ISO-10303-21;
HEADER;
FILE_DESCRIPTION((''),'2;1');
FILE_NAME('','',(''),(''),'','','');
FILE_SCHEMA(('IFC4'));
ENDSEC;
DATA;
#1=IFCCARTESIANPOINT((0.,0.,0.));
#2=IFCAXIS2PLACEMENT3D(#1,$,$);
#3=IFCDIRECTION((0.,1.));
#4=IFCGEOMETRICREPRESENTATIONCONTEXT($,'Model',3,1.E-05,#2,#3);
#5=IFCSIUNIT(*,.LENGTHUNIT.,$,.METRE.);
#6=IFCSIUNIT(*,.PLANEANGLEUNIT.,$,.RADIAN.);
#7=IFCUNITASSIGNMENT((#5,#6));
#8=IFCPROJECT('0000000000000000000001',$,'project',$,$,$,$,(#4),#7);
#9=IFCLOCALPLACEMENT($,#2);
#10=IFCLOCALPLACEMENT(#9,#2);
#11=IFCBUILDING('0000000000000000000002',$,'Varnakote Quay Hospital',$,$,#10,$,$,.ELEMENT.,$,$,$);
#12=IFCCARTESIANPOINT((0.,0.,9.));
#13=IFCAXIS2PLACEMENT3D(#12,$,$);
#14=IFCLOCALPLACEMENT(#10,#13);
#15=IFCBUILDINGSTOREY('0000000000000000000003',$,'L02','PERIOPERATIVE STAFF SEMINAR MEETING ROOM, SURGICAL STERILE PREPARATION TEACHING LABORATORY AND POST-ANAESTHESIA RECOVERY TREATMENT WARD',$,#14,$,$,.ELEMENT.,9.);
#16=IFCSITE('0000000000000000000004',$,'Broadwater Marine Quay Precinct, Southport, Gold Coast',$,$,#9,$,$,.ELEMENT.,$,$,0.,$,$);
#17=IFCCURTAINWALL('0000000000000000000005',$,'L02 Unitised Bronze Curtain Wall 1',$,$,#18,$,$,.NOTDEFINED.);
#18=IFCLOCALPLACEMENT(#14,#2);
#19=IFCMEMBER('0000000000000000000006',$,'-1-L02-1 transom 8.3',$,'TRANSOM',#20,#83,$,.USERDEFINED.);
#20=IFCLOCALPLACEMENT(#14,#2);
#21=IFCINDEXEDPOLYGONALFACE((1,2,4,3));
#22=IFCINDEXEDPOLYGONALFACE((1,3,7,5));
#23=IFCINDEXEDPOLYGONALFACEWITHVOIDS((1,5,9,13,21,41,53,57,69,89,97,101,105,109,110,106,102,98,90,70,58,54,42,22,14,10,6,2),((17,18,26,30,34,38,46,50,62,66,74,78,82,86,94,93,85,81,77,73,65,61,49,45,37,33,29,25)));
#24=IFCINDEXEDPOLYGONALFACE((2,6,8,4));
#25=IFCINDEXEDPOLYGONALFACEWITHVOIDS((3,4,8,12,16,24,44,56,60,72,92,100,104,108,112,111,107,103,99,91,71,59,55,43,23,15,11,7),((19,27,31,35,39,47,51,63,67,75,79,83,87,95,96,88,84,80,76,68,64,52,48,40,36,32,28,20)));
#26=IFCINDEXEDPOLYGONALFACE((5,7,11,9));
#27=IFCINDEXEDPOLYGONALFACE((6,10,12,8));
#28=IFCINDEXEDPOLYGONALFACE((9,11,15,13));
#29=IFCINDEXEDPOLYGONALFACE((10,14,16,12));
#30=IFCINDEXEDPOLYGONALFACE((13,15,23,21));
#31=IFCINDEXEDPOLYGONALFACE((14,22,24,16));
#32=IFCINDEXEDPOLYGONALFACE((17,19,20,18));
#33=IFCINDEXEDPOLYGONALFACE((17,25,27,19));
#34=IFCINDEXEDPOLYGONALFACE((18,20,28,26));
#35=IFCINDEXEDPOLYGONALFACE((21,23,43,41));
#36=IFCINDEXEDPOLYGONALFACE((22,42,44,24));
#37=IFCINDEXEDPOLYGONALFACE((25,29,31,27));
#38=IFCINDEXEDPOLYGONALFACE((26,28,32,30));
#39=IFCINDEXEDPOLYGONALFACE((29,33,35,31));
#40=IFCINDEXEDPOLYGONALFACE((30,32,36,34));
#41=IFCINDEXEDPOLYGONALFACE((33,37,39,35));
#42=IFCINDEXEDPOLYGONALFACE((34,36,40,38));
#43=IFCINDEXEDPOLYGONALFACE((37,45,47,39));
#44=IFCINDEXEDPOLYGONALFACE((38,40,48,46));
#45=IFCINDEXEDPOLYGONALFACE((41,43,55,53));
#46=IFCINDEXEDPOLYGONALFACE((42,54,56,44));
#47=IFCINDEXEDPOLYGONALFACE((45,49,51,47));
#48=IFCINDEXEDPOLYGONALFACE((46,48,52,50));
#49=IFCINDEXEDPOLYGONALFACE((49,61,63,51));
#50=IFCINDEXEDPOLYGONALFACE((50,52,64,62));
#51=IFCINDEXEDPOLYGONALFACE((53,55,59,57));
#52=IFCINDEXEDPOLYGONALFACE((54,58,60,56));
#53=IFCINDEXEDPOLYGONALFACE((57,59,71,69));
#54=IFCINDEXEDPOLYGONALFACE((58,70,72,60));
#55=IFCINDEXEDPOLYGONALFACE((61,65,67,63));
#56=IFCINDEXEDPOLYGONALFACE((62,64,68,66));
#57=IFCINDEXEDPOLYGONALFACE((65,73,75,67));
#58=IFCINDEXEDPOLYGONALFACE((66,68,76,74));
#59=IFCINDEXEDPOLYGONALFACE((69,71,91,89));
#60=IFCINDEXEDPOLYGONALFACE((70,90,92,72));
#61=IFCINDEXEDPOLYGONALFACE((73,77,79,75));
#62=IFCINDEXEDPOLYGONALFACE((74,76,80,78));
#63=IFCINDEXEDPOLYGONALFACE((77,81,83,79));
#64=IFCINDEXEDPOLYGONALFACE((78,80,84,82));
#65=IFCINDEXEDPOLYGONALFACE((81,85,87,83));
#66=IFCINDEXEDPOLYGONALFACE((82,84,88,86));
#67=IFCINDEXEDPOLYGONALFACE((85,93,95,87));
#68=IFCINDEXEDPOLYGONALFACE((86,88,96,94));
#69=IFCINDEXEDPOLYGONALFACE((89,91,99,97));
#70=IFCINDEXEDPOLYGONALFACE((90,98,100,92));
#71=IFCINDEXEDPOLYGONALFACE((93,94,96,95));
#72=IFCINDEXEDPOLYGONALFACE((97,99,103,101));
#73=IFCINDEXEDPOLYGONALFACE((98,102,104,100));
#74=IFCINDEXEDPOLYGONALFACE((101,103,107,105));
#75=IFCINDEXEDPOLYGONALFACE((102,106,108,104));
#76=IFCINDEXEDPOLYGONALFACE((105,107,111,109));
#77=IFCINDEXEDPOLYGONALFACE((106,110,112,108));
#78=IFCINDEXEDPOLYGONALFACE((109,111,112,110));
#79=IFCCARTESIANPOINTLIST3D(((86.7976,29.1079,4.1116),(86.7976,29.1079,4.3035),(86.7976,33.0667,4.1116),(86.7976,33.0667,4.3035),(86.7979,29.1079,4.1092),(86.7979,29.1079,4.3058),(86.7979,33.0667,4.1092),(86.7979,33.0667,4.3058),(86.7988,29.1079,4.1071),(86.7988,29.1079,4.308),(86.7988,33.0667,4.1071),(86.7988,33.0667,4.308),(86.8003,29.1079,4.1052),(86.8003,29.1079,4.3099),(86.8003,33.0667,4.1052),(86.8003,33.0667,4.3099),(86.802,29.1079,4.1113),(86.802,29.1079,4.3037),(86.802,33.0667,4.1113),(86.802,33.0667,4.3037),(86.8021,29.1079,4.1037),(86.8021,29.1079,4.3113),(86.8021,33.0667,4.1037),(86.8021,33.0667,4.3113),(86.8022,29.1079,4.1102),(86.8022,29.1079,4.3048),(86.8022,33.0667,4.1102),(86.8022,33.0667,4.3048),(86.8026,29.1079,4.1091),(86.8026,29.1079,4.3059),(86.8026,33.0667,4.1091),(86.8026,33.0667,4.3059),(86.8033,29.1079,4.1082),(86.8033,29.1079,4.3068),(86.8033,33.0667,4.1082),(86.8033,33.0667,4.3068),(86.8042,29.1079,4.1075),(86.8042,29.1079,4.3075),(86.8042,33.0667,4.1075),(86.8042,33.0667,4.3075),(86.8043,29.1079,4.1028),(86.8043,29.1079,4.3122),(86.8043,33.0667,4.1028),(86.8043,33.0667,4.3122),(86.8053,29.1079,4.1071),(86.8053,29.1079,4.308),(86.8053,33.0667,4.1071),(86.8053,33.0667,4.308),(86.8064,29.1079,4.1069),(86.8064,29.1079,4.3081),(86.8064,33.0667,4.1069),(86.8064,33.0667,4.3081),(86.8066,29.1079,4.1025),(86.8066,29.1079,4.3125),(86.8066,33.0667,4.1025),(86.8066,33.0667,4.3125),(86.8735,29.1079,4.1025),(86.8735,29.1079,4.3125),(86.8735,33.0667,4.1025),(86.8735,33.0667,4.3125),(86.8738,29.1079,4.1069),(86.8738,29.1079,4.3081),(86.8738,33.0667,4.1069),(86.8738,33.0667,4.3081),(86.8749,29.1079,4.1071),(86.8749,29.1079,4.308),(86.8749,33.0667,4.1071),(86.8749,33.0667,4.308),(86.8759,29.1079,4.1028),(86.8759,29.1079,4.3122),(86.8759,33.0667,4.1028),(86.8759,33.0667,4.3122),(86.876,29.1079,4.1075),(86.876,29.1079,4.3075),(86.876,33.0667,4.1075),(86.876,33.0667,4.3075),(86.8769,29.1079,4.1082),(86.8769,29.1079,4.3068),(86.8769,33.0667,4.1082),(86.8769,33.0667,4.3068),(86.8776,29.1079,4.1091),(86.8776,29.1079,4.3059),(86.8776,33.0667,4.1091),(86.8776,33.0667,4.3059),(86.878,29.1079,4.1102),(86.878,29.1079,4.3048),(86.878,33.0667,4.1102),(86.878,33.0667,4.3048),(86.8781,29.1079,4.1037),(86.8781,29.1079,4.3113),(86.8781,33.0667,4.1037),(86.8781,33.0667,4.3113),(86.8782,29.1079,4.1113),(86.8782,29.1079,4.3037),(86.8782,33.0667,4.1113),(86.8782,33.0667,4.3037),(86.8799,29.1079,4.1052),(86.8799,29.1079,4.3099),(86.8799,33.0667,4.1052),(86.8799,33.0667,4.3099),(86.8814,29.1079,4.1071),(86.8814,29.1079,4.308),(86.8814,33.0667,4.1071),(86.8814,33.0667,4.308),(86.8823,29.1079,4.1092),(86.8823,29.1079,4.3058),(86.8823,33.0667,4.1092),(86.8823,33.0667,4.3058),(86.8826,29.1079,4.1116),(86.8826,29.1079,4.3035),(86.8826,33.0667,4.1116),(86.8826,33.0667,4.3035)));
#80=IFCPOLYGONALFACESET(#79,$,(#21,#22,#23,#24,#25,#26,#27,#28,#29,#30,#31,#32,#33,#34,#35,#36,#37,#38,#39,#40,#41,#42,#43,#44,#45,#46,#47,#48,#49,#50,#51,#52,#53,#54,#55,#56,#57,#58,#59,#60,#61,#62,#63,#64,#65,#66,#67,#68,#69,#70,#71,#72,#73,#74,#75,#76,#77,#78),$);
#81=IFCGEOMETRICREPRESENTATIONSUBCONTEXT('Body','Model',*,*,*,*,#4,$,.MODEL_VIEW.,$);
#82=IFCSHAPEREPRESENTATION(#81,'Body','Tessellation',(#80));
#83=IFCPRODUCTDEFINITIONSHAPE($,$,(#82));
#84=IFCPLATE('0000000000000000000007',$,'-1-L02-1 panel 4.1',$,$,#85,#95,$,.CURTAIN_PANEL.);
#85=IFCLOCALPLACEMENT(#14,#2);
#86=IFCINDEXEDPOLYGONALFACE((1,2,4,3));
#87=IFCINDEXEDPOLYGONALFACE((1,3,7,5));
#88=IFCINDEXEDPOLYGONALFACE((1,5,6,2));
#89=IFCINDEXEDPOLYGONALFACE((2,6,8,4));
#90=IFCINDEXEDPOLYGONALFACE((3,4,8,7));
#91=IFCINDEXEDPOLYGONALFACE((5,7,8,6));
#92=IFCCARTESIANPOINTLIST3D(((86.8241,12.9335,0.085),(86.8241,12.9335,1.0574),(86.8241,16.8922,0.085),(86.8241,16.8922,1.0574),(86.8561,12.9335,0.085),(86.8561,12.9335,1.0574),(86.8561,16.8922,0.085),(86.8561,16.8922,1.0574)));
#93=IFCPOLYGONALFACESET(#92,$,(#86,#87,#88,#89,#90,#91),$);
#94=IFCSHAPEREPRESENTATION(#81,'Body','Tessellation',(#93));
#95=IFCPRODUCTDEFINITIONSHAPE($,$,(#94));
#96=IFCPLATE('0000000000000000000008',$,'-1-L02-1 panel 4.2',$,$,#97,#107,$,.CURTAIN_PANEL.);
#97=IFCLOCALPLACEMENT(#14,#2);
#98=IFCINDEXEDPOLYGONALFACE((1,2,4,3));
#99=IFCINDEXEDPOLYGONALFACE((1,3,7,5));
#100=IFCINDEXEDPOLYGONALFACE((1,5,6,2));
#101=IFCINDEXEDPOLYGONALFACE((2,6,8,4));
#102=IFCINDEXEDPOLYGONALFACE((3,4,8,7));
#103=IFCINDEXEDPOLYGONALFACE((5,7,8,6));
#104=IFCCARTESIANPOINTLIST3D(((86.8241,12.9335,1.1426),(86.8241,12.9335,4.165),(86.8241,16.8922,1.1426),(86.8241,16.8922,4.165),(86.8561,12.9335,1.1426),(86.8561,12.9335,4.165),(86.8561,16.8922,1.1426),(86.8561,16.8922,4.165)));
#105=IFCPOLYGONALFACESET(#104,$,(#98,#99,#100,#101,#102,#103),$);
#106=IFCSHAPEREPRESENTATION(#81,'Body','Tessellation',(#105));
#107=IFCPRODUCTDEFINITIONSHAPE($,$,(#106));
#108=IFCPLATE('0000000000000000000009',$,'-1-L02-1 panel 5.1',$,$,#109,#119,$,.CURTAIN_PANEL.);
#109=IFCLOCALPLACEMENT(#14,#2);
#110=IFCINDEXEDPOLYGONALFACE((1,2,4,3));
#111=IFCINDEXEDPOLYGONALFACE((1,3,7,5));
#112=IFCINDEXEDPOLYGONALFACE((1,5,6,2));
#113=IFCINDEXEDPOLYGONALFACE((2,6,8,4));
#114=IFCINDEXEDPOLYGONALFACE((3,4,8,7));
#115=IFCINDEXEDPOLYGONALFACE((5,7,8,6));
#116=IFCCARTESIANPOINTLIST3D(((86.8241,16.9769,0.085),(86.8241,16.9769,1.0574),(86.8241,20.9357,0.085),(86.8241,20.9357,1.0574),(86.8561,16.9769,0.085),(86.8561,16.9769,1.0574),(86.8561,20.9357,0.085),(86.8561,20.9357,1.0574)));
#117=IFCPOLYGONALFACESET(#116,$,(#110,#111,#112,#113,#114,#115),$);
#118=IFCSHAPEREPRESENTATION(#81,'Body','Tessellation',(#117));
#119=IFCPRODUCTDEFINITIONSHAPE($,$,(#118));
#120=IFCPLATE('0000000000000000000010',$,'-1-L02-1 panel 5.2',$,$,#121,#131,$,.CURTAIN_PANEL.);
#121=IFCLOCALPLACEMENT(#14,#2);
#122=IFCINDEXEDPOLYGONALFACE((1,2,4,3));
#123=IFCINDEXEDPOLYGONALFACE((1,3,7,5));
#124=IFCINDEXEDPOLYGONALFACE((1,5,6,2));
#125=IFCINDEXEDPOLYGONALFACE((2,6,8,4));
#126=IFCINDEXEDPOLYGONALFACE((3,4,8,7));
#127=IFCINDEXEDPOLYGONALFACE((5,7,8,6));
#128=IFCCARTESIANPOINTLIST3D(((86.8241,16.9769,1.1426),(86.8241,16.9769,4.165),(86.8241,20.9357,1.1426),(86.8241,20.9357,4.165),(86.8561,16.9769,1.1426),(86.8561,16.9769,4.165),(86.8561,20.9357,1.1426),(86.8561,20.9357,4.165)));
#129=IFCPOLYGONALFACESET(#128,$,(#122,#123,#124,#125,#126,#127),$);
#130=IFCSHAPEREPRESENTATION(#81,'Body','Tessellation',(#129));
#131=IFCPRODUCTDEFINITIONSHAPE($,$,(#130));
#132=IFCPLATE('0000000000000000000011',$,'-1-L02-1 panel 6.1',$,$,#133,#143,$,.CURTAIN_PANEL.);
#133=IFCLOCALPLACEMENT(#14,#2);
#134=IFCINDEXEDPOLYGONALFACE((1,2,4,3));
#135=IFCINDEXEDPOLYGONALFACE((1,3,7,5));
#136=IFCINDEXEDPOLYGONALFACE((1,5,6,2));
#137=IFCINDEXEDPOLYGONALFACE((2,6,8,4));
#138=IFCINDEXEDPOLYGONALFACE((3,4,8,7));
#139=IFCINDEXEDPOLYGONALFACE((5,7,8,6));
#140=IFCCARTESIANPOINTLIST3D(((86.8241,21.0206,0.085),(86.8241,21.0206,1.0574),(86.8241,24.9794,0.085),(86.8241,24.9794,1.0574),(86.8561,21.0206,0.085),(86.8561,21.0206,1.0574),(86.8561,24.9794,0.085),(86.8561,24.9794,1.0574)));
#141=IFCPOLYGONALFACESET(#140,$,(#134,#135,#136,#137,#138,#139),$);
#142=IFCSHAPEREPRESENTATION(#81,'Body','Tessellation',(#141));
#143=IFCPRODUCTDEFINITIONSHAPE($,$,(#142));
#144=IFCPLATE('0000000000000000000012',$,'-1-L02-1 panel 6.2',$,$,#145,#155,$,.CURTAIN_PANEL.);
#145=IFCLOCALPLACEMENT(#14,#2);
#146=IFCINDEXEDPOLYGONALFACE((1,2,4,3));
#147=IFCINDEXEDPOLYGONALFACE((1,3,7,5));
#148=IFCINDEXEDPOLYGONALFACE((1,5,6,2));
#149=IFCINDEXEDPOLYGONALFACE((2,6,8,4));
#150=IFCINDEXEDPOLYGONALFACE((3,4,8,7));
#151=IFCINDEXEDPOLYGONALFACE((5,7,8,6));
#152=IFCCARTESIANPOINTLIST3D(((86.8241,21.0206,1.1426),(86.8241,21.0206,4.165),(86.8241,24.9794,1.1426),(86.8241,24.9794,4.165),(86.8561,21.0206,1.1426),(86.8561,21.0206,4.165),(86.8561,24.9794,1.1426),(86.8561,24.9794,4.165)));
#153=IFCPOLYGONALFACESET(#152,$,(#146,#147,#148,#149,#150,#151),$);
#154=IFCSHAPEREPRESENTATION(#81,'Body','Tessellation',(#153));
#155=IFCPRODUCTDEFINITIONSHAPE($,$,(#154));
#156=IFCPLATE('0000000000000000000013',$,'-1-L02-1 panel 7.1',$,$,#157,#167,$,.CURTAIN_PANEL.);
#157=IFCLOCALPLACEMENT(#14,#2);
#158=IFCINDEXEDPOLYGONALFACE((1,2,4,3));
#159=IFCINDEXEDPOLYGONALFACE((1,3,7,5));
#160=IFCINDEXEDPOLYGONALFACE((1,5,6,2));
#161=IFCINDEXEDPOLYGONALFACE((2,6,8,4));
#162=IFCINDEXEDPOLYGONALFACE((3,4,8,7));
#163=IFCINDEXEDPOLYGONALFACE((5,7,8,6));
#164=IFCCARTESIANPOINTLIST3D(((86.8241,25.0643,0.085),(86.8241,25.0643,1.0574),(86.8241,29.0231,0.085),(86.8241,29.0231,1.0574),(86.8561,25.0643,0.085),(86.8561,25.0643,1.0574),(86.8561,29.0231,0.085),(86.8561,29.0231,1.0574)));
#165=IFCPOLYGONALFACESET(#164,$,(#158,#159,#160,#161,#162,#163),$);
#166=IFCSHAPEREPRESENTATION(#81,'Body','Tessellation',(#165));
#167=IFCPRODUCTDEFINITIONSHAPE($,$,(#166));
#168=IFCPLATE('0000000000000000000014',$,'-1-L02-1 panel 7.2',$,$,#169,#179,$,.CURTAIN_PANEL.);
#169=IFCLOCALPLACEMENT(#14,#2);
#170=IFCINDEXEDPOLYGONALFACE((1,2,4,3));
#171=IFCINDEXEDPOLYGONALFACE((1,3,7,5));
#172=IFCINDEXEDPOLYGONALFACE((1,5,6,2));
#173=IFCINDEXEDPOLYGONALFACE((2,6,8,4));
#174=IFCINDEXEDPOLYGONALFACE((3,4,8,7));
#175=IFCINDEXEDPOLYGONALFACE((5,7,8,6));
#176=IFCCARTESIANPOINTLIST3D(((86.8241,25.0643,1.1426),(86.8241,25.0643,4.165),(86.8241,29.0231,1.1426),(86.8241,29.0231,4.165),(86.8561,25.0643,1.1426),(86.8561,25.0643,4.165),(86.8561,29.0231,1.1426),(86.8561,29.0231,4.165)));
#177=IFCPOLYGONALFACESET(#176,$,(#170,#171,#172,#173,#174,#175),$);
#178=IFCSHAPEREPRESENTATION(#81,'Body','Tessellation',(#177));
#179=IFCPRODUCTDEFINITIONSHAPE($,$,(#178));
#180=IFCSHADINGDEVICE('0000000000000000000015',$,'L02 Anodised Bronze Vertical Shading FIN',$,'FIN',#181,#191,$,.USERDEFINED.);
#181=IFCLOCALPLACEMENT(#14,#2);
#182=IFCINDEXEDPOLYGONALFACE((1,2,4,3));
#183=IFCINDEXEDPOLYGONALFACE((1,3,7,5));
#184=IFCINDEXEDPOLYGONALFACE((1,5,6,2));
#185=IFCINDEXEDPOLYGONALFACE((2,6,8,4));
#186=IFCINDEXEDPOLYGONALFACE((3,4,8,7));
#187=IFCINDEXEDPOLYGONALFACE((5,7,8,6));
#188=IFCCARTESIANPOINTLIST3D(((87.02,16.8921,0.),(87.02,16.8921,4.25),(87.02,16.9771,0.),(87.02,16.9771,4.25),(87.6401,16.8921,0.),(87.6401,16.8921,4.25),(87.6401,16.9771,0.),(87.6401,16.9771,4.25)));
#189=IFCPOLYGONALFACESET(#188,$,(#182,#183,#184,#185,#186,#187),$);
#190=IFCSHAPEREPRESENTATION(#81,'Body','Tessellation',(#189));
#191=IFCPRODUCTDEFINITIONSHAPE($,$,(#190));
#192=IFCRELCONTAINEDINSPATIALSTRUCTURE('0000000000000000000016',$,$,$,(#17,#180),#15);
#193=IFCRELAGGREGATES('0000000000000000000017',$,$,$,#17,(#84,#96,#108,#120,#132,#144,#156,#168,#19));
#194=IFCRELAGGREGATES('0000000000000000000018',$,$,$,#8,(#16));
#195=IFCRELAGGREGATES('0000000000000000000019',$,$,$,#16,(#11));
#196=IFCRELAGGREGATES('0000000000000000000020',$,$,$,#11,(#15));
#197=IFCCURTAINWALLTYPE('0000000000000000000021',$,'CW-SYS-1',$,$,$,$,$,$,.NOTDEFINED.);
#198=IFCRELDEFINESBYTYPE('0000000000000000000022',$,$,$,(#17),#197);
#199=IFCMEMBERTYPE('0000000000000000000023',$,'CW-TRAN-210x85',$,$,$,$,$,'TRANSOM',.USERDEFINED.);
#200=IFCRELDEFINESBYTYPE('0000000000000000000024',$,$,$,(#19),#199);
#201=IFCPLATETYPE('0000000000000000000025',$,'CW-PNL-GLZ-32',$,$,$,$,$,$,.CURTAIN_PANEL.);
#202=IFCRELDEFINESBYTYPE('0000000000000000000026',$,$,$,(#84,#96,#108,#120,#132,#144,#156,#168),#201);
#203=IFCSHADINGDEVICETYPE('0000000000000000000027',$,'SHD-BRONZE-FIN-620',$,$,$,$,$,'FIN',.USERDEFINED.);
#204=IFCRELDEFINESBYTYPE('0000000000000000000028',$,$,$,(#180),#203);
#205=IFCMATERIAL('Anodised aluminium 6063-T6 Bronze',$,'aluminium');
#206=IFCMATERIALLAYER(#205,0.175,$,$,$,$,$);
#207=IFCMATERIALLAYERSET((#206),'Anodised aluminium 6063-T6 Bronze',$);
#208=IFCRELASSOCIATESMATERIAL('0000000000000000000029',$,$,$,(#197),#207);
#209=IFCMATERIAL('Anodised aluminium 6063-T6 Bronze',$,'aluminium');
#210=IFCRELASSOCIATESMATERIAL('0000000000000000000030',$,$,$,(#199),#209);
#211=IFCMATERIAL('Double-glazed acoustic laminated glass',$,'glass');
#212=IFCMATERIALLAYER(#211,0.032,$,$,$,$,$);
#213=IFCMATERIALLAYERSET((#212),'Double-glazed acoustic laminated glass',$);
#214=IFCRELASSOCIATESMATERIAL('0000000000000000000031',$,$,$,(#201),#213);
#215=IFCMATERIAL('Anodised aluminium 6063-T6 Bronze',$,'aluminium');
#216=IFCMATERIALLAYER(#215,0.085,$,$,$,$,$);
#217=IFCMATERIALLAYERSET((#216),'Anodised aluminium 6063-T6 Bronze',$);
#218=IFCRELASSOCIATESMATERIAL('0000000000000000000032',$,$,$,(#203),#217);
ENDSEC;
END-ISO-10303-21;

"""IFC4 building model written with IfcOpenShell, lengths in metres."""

from ifc_helpers import new_model, si_unit, direction, frame, origin, origin_2d, place, context, subcontext, project, spatial, rectangle, hollow_rectangle, extrude, material, layer, layer_set, material_profile, profile_set, type_object, element, aggregate, save


model = new_model("IFC4")

# Units and contexts
model_context = context("Model", 3, precision=1e-05, world=origin(), true_north=direction((0.0, 1.0)))
body_context = subcontext(model_context, "Body", "Model", "MODEL_VIEW")
ifc_project = project(units=[si_unit("LENGTHUNIT", "METRE"), si_unit("PLANEANGLEUNIT", "RADIAN")], contexts=[model_context])

# Site, building, storey
site_placement = place(None, origin())
site = spatial("IfcSite", under=ifc_project, at=site_placement, Name="Broadwater Marine Quay Precinct, Southport, Gold Coast", CompositionType="ELEMENT", RefElevation=0.0)
building_placement = place(site_placement, origin())
building = spatial("IfcBuilding", under=site, at=building_placement, Name="Varnakote Quay Hospital", CompositionType="ELEMENT")
storey_placement = place(building_placement, frame((0.0, 0.0, 9.0)))
storey = spatial("IfcBuildingStorey", under=building, at=storey_placement, Name="L02", Description="PERIOPERATIVE STAFF SEMINAR MEETING ROOM, SURGICAL STERILE PREPARATION TEACHING LABORATORY AND POST-ANAESTHESIA RECOVERY TREATMENT WARD", CompositionType="ELEMENT", Elevation=9.0)

# Curtain wall, member, plates
ifc_material_1 = material(Name="Anodised aluminium 6063-T6 Bronze", Category="aluminium")
ifc_layer_1 = layer(ifc_material_1, 0.175)
ifc_layer_set_1 = layer_set([ifc_layer_1], Name="Anodised aluminium 6063-T6 Bronze")
curtain_wall_type = type_object("IfcCurtainWallType", Name="CW-SYS-1", PredefinedType="NOTDEFINED", material=ifc_layer_set_1)
curtain_wall_placement = place(storey_placement, origin())
curtain_wall = element("IfcCurtainWall", 1, at=curtain_wall_placement, inside=storey, type_object=curtain_wall_type, Name="L02 Unitised Bronze Curtain Wall 1", PredefinedType="NOTDEFINED")
ifc_material_2 = material(Name="Anodised aluminium 6063-T6 Bronze", Category="aluminium")
ifc_material_profile_1 = material_profile(ifc_material_2, hollow_rectangle(XDim=0.085, YDim=0.21, WallThickness=0.0044, InnerFilletRadius=0.0044, OuterFilletRadius=0.009, at=origin_2d()), Name="CW-TRAN-210x85")
ifc_profile_set_1 = profile_set([ifc_material_profile_1], Name="Anodised aluminium 6063-T6 Bronze")
member_type_1 = type_object("IfcMemberType", Name="CW-TRAN-210x85", ElementType="TRANSOM", PredefinedType="USERDEFINED", material=ifc_profile_set_1)
member_1_placement = place(storey_placement, frame((86.8401, 29.1079, 4.2075), z_axis=(0.0, 1.0, 0.0), x_axis=(-1.0, 0.0, 0.0)))
member_1 = element("IfcMember", 2, at=member_1_placement, type_object=member_type_1, Name="-1-L02-1 transom 8.3", ObjectType="TRANSOM", PredefinedType="USERDEFINED", context=body_context, shape_type="SweptSolid", body=[
    extrude(hollow_rectangle(XDim=0.085, YDim=0.21, WallThickness=0.0044, InnerFilletRadius=0.0044, OuterFilletRadius=0.009, at=origin_2d()), origin(), (0.0, 0.0, 1.0), 3.9587),
])
ifc_material_3 = material(Name="Double-glazed acoustic laminated glass", Category="glass")
ifc_layer_2 = layer(ifc_material_3, 0.032)
ifc_layer_set_2 = layer_set([ifc_layer_2], Name="Double-glazed acoustic laminated glass")
plate_type = type_object("IfcPlateType", Name="CW-PNL-GLZ-32", PredefinedType="CURTAIN_PANEL", material=ifc_layer_set_2)
plate_1_placement = place(storey_placement, frame((86.8401, 14.9128, 0.085), z_axis=(0.0, 0.0, 1.0), x_axis=(0.0, 1.0, 0.0)))
plate_1 = element("IfcPlate", 3, at=plate_1_placement, type_object=plate_type, Name="-1-L02-1 panel 4.1", PredefinedType="CURTAIN_PANEL", context=body_context, shape_type="SweptSolid", body=[
    extrude(rectangle(XDim=3.9587, YDim=0.032, at=origin_2d()), origin(), (0.0, 0.0, 1.0), 0.9724),
])
plate_2_placement = place(storey_placement, frame((86.8401, 14.9128, 1.1426), z_axis=(0.0, 0.0, 1.0), x_axis=(0.0, 1.0, 0.0)))
plate_2 = element("IfcPlate", 4, at=plate_2_placement, type_object=plate_type, Name="-1-L02-1 panel 4.2", PredefinedType="CURTAIN_PANEL", context=body_context, shape_type="SweptSolid", body=[
    extrude(rectangle(XDim=3.9587, YDim=0.032, at=origin_2d()), origin(), (0.0, 0.0, 1.0), 3.0225),
])
plate_3_placement = place(storey_placement, frame((86.8401, 18.9563, 0.085), z_axis=(0.0, 0.0, 1.0), x_axis=(0.0, 1.0, 0.0)))
plate_3 = element("IfcPlate", 5, at=plate_3_placement, type_object=plate_type, Name="-1-L02-1 panel 5.1", PredefinedType="CURTAIN_PANEL", context=body_context, shape_type="SweptSolid", body=[
    extrude(rectangle(XDim=3.9587, YDim=0.032, at=origin_2d()), origin(), (0.0, 0.0, 1.0), 0.9724),
])
plate_4_placement = place(storey_placement, frame((86.8401, 18.9563, 1.1426), z_axis=(0.0, 0.0, 1.0), x_axis=(0.0, 1.0, 0.0)))
plate_4 = element("IfcPlate", 6, at=plate_4_placement, type_object=plate_type, Name="-1-L02-1 panel 5.2", PredefinedType="CURTAIN_PANEL", context=body_context, shape_type="SweptSolid", body=[
    extrude(rectangle(XDim=3.9587, YDim=0.032, at=origin_2d()), origin(), (0.0, 0.0, 1.0), 3.0225),
])
plate_5_placement = place(storey_placement, frame((86.8401, 23.0, 0.085), z_axis=(0.0, 0.0, 1.0), x_axis=(0.0, 1.0, 0.0)))
plate_5 = element("IfcPlate", 7, at=plate_5_placement, type_object=plate_type, Name="-1-L02-1 panel 6.1", PredefinedType="CURTAIN_PANEL", context=body_context, shape_type="SweptSolid", body=[
    extrude(rectangle(XDim=3.9587, YDim=0.032, at=origin_2d()), origin(), (0.0, 0.0, 1.0), 0.9724),
])
plate_6_placement = place(storey_placement, frame((86.8401, 23.0, 1.1426), z_axis=(0.0, 0.0, 1.0), x_axis=(0.0, 1.0, 0.0)))
plate_6 = element("IfcPlate", 8, at=plate_6_placement, type_object=plate_type, Name="-1-L02-1 panel 6.2", PredefinedType="CURTAIN_PANEL", context=body_context, shape_type="SweptSolid", body=[
    extrude(rectangle(XDim=3.9587, YDim=0.032, at=origin_2d()), origin(), (0.0, 0.0, 1.0), 3.0225),
])
plate_7_placement = place(storey_placement, frame((86.8401, 27.0437, 0.085), z_axis=(0.0, 0.0, 1.0), x_axis=(0.0, 1.0, 0.0)))
plate_7 = element("IfcPlate", 9, at=plate_7_placement, type_object=plate_type, Name="-1-L02-1 panel 7.1", PredefinedType="CURTAIN_PANEL", context=body_context, shape_type="SweptSolid", body=[
    extrude(rectangle(XDim=3.9587, YDim=0.032, at=origin_2d()), origin(), (0.0, 0.0, 1.0), 0.9724),
])
plate_8_placement = place(storey_placement, frame((86.8401, 27.0437, 1.1426), z_axis=(0.0, 0.0, 1.0), x_axis=(0.0, 1.0, 0.0)))
plate_8 = element("IfcPlate", 10, at=plate_8_placement, type_object=plate_type, Name="-1-L02-1 panel 7.2", PredefinedType="CURTAIN_PANEL", context=body_context, shape_type="SweptSolid", body=[
    extrude(rectangle(XDim=3.9587, YDim=0.032, at=origin_2d()), origin(), (0.0, 0.0, 1.0), 3.0225),
])
aggregate(curtain_wall, [plate_1, plate_2, plate_3, plate_4, plate_5, plate_6, plate_7, plate_8, member_1])

# Shading device
ifc_material_4 = material(Name="Anodised aluminium 6063-T6 Bronze", Category="aluminium")
ifc_layer_3 = layer(ifc_material_4, 0.085)
ifc_layer_set_3 = layer_set([ifc_layer_3], Name="Anodised aluminium 6063-T6 Bronze")
shading_device_type = type_object("IfcShadingDeviceType", Name="SHD-BRONZE-FIN-620", ElementType="FIN", PredefinedType="USERDEFINED", material=ifc_layer_set_3)
for number, where, z_axis, x_axis, name in (
    (11, (87.3301, 16.9346, 0.0), (0.0, 0.0, 1.0), (-1.0, 0.0, 0.0), "L02 Anodised Bronze Vertical Shading FIN"),
):
    element("IfcShadingDevice", number, at=place(storey_placement, frame(where, z_axis=z_axis, x_axis=x_axis)), inside=storey, type_object=shading_device_type, Name=name, ObjectType="FIN", PredefinedType="USERDEFINED", context=body_context, shape_type="SweptSolid", body=[
        extrude(rectangle(XDim=0.6201, YDim=0.085, at=origin_2d()), origin(), (0.0, 0.0, 1.0), 4.25),
    ])

save(model, "model.ifc")
